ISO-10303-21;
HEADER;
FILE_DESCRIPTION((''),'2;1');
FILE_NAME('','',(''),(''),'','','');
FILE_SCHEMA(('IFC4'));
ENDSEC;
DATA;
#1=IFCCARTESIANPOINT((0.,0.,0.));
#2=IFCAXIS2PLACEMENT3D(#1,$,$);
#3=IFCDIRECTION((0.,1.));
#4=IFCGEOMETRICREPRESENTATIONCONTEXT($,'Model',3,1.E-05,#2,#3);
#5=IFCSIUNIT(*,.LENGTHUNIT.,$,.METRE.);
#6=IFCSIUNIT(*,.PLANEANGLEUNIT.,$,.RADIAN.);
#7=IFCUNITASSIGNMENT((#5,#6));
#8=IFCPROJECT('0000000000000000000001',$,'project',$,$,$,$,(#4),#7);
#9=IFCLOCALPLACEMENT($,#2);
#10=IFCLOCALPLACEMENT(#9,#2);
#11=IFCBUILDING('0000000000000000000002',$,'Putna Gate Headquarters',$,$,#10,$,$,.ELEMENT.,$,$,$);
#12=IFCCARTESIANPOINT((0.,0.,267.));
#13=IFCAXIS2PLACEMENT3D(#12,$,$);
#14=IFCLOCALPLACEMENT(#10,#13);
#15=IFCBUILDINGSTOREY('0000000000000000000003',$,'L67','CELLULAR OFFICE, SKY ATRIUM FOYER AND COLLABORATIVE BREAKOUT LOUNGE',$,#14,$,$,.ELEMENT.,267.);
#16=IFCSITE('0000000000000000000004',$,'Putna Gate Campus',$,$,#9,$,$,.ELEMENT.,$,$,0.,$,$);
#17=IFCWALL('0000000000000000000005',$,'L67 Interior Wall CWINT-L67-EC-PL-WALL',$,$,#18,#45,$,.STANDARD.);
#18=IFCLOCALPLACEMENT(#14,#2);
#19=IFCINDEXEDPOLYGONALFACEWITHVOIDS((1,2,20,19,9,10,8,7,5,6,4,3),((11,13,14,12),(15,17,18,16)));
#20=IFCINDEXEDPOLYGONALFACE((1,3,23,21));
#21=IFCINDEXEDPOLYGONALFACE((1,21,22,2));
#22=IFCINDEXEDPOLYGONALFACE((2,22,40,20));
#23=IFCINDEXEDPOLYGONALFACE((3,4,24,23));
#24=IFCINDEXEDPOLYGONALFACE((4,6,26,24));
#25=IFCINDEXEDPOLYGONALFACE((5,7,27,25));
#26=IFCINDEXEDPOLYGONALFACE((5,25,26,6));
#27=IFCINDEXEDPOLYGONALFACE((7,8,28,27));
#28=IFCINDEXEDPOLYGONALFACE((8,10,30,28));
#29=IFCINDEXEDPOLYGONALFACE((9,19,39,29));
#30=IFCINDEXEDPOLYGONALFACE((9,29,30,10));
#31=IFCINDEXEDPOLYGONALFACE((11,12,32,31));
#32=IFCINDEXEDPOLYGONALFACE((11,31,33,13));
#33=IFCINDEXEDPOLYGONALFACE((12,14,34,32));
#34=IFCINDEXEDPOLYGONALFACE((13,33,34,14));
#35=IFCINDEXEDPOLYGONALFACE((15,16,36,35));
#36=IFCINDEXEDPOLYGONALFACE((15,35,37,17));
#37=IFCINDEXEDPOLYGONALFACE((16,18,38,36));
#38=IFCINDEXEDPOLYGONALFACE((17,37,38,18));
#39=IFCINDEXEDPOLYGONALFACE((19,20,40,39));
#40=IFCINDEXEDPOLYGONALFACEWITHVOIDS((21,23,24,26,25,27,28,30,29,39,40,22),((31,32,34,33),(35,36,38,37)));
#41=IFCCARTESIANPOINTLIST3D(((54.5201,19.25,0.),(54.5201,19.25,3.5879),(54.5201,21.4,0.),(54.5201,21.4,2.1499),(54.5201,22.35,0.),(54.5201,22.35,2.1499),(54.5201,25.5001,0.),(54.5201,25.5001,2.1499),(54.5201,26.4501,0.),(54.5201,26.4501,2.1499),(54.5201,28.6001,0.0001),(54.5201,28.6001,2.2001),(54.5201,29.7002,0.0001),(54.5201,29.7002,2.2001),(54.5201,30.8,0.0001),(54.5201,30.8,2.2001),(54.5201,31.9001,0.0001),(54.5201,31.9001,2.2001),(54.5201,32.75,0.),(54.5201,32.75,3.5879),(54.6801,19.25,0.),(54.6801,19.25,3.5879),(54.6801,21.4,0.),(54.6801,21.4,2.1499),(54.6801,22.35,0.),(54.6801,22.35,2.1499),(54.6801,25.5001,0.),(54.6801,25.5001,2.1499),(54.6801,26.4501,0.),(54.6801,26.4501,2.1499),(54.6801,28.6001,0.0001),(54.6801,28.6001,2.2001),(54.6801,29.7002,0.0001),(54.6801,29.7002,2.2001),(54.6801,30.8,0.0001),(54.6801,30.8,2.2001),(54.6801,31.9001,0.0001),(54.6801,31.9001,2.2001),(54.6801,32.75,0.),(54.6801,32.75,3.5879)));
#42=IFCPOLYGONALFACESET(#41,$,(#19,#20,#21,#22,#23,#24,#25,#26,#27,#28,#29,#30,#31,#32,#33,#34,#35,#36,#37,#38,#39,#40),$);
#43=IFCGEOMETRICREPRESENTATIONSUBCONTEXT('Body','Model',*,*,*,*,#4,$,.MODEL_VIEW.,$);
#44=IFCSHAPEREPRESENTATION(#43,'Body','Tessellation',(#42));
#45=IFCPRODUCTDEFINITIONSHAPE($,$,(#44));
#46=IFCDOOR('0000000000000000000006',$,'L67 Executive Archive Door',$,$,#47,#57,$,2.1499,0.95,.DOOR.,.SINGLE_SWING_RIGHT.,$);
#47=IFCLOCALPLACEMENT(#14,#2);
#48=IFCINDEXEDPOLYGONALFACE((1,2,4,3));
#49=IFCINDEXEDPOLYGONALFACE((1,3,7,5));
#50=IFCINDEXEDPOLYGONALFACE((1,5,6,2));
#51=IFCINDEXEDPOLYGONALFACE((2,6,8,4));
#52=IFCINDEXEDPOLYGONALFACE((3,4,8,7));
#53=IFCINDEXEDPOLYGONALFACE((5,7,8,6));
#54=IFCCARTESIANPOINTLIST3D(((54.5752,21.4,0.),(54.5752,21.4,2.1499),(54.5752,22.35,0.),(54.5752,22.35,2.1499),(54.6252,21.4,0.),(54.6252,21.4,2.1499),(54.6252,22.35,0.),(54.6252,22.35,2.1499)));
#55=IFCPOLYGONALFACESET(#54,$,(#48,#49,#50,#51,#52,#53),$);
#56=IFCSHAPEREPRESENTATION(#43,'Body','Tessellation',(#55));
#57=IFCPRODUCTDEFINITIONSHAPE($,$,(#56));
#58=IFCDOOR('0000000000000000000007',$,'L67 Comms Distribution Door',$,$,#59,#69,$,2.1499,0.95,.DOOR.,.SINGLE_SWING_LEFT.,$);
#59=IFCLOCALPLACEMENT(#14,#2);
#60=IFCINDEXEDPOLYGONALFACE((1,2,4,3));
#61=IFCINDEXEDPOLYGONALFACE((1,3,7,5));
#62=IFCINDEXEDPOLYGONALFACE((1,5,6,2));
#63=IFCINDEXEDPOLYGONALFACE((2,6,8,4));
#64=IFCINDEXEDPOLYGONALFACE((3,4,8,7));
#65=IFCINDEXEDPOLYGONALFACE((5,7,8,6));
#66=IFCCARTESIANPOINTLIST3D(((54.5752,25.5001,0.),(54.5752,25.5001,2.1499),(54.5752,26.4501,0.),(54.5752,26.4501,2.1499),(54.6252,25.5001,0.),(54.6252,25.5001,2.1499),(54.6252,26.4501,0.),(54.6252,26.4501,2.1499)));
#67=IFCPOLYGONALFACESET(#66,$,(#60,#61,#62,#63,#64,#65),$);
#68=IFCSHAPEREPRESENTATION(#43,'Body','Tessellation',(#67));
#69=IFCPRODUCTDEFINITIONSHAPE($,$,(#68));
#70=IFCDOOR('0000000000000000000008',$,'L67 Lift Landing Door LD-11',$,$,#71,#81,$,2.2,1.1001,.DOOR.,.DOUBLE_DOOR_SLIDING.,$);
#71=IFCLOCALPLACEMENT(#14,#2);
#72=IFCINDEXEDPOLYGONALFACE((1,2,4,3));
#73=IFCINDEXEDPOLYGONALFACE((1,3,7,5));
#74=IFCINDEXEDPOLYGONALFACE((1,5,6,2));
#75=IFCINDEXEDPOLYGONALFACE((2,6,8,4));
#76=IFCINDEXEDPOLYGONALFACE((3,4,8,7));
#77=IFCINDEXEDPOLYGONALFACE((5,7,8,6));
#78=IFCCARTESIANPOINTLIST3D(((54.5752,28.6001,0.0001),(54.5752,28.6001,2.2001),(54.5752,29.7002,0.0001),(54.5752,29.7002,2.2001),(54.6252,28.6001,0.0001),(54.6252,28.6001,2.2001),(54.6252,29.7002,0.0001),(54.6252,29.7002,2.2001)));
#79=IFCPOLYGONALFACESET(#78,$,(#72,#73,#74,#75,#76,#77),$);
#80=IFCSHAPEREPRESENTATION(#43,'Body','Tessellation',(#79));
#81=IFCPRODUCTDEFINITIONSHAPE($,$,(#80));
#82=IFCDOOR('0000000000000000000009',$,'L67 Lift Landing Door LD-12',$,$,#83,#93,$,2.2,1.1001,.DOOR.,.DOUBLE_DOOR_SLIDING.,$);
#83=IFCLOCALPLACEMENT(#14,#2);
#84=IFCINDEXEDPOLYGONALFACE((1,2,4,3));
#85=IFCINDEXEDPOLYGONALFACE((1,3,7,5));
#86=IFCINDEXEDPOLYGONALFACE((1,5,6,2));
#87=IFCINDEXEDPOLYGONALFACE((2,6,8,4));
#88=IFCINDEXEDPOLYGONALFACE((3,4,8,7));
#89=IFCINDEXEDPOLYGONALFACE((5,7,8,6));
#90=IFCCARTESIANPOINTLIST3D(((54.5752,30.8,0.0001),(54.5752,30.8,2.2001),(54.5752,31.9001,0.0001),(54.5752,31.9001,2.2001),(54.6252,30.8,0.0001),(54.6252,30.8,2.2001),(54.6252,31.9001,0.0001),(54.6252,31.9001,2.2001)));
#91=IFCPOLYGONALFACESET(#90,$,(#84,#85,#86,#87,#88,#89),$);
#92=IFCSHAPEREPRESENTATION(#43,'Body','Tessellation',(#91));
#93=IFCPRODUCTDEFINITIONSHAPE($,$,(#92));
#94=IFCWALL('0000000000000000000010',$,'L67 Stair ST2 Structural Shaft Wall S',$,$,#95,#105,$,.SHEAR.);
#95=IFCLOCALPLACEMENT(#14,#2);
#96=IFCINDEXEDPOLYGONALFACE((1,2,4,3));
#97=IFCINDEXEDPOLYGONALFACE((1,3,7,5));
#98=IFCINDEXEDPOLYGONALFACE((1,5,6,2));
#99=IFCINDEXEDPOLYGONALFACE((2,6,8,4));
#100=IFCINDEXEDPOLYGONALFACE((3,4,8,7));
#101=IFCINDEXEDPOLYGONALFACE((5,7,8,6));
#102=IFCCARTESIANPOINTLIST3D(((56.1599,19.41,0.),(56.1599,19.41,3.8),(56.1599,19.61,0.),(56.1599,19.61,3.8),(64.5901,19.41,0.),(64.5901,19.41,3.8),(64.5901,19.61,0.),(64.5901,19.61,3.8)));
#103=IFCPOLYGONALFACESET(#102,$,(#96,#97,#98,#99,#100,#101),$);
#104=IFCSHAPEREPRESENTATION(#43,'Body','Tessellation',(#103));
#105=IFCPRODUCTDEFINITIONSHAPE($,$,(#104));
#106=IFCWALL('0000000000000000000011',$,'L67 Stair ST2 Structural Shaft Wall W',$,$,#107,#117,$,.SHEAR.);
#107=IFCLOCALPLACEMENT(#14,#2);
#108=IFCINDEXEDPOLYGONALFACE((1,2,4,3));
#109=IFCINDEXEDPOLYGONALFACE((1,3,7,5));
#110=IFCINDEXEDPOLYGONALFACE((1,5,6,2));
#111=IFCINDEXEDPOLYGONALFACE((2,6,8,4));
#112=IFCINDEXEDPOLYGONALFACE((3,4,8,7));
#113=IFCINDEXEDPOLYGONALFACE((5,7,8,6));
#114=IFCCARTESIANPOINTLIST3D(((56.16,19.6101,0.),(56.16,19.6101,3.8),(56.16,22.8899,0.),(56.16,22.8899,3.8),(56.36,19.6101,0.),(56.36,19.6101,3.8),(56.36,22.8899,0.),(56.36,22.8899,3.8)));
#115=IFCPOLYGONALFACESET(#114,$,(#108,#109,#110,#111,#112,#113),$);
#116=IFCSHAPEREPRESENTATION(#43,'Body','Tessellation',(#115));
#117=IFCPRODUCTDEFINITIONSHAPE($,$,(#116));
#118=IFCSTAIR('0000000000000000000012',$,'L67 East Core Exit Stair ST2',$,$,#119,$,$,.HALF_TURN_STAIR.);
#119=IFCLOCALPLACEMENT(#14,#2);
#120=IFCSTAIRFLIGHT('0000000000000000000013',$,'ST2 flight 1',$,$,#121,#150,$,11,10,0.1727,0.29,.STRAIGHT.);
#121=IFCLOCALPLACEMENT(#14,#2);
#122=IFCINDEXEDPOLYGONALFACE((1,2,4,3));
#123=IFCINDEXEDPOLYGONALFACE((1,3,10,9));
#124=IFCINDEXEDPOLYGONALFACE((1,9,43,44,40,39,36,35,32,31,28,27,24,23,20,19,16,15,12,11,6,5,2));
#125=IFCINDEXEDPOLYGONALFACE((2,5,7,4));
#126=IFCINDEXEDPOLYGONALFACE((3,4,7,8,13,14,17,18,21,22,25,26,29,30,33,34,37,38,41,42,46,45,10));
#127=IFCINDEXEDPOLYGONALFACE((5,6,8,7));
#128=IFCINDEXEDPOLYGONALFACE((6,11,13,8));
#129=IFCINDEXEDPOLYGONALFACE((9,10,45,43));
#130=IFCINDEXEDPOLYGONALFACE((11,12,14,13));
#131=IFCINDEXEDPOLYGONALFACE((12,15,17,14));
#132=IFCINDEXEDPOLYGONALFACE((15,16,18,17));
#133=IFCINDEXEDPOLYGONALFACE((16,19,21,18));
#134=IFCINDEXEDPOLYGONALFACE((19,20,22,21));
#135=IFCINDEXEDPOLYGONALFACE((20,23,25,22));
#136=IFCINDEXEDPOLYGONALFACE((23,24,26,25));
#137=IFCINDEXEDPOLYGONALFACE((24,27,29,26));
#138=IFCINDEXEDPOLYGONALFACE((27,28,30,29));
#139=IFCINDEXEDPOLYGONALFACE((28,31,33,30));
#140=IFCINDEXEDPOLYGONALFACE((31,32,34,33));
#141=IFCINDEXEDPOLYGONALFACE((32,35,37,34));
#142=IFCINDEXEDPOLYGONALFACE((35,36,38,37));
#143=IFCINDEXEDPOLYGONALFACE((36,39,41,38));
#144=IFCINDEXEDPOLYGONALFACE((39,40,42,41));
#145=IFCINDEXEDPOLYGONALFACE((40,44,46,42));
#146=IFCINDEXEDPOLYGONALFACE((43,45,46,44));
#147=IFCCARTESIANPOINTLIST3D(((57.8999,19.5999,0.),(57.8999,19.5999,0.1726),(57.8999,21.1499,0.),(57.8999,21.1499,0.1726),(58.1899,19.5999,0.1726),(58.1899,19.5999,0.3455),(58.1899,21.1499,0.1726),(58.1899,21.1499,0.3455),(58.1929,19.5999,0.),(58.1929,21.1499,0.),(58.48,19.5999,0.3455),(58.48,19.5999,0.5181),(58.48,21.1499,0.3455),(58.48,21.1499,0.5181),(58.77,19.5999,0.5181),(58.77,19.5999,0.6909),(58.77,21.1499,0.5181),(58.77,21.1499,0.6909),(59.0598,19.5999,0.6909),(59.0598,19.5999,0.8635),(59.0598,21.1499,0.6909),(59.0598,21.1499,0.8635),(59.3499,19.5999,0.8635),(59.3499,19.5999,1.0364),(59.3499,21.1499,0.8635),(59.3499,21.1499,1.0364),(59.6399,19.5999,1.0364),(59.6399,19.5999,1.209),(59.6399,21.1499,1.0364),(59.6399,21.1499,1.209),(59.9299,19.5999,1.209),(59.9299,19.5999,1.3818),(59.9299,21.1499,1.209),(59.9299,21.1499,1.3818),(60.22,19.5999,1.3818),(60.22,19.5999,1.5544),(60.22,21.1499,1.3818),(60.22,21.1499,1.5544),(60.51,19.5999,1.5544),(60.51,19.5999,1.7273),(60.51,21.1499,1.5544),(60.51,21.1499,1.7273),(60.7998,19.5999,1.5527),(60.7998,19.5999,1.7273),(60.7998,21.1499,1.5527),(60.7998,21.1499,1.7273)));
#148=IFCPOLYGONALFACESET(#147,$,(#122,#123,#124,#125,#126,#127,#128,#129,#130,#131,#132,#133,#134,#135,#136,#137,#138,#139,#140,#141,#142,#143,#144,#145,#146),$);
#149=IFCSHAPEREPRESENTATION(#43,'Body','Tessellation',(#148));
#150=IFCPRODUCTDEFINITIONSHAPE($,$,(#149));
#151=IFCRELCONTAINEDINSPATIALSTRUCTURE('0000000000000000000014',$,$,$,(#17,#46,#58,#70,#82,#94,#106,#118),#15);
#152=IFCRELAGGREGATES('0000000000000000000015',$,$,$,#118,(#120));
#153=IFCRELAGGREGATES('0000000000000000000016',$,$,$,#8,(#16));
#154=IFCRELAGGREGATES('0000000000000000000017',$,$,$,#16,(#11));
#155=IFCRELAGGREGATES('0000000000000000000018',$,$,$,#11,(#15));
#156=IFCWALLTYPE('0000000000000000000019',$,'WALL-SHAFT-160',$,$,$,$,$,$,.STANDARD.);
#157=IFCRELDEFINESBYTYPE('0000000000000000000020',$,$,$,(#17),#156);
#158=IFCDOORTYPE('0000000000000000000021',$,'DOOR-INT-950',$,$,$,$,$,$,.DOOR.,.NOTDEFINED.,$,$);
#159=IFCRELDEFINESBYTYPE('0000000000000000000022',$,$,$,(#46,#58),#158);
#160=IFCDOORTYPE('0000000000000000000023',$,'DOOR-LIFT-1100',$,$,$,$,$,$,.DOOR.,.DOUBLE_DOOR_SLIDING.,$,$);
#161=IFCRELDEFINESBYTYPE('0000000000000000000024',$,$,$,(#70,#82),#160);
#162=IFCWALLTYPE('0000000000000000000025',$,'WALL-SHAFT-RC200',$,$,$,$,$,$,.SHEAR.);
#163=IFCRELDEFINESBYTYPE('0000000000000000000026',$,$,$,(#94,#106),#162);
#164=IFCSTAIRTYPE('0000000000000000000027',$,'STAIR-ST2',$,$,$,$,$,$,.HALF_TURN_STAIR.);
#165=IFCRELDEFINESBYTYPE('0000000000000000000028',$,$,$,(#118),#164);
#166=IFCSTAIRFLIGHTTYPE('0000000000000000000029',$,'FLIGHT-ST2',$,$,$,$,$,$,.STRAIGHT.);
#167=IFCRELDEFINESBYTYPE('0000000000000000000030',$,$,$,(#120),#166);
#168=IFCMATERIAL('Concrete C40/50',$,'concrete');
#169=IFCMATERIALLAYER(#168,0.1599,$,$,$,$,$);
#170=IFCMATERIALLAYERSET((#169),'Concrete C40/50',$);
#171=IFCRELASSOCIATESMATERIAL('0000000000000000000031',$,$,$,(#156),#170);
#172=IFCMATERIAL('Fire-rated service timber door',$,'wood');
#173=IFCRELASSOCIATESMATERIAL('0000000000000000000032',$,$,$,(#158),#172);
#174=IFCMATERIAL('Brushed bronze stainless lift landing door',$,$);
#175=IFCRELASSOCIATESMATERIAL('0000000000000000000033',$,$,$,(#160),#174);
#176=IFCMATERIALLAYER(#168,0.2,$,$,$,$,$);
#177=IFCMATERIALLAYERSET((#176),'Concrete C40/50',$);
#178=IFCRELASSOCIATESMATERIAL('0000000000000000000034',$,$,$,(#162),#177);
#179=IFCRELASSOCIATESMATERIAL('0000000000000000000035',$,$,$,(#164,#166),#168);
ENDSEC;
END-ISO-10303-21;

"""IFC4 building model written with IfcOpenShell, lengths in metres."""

from ifc_helpers import new_model, si_unit, direction, frame, frame_2d, origin, place, context, subcontext, project, spatial, polyline, rectangle, outline, extrude, material, layer, layer_set, type_object, element, fill, aggregate, save


model = new_model("IFC4")

# Units and contexts
model_context = context("Model", 3, precision=1e-05, world=origin(), true_north=direction((0.0, 1.0)))
body_context = subcontext(model_context, "Body", "Model", "MODEL_VIEW")
ifc_project = project(units=[si_unit("LENGTHUNIT", "METRE"), si_unit("PLANEANGLEUNIT", "RADIAN")], contexts=[model_context])

# Site, building, storey
site_placement = place(None, origin())
site = spatial("IfcSite", under=ifc_project, at=site_placement, Name="Putna Gate Campus", CompositionType="ELEMENT", RefElevation=0.0)
building_placement = place(site_placement, origin())
building = spatial("IfcBuilding", under=site, at=building_placement, Name="Putna Gate Headquarters", CompositionType="ELEMENT")
storey_placement = place(building_placement, frame((0.0, 0.0, 267.0)))
storey = spatial("IfcBuildingStorey", under=building, at=storey_placement, Name="L67", Description="CELLULAR OFFICE, SKY ATRIUM FOYER AND COLLABORATIVE BREAKOUT LOUNGE", CompositionType="ELEMENT", Elevation=267.0)

# Wall, openings, doors
ifc_material_1 = material(Name="Concrete C40/50", Category="concrete")
ifc_layer_1 = layer(ifc_material_1, 0.1599)
ifc_layer_set_1 = layer_set([ifc_layer_1], Name="Concrete C40/50")
wall_type_1 = type_object("IfcWallType", Name="WALL-SHAFT-160", PredefinedType="STANDARD", material=ifc_layer_set_1)
wall_1_placement = place(storey_placement, frame((54.6001, 19.25, 0.0), z_axis=(0.0, 0.0, 1.0), x_axis=(0.0, 1.0, 0.0)))
wall_1 = element("IfcWall", 1, at=wall_1_placement, inside=storey, type_object=wall_type_1, Name="L67 Interior Wall CWINT-L67-EC-PL-WALL", PredefinedType="STANDARD", context=body_context, shape_type="SweptSolid", body=[
    extrude(rectangle(XDim=13.5, YDim=0.1599, at=frame_2d((6.75, 0.0))), origin(), (0.0, 0.0, 1.0), 3.5879),
])
opening_1_placement = place(wall_1_placement, frame((2.1499, 0.0, 0.0)))
opening_1 = element("IfcOpeningElement", 2, at=opening_1_placement, cuts=wall_1, PredefinedType="OPENING", context=body_context, shape_type="SweptSolid", body=[
    extrude(rectangle(XDim=0.95, YDim=2.1499, at=frame_2d((0.4751, 1.075))), frame((0.0, 0.0898, 0.0), z_axis=(0.0, -1.0, 0.0), x_axis=(1.0, 0.0, 0.0)), (0.0, 0.0, 1.0), 0.1799),
])
opening_2_placement = place(wall_1_placement, frame((6.25, 0.0, 0.0)))
opening_2 = element("IfcOpeningElement", 3, at=opening_2_placement, cuts=wall_1, PredefinedType="OPENING", context=body_context, shape_type="SweptSolid", body=[
    extrude(rectangle(XDim=0.95, YDim=2.1499, at=frame_2d((0.4751, 1.075))), frame((0.0, 0.0898, 0.0), z_axis=(0.0, -1.0, 0.0), x_axis=(1.0, 0.0, 0.0)), (0.0, 0.0, 1.0), 0.1799),
])
opening_3_placement = place(wall_1_placement, frame((9.3501, 0.0, 0.0)))
opening_3 = element("IfcOpeningElement", 4, at=opening_3_placement, cuts=wall_1, PredefinedType="OPENING", context=body_context, shape_type="SweptSolid", body=[
    extrude(rectangle(XDim=1.1001, YDim=2.2, at=frame_2d((0.55, 1.1001))), frame((0.0, 0.0898, 0.0), z_axis=(0.0, -1.0, 0.0), x_axis=(1.0, 0.0, 0.0)), (0.0, 0.0, 1.0), 0.1799),
])
opening_4_placement = place(wall_1_placement, frame((11.55, 0.0, 0.0)))
opening_4 = element("IfcOpeningElement", 5, at=opening_4_placement, cuts=wall_1, PredefinedType="OPENING", context=body_context, shape_type="SweptSolid", body=[
    extrude(rectangle(XDim=1.1001, YDim=2.2, at=frame_2d((0.55, 1.1001))), frame((0.0, 0.0898, 0.0), z_axis=(0.0, -1.0, 0.0), x_axis=(1.0, 0.0, 0.0)), (0.0, 0.0, 1.0), 0.1799),
])
ifc_material_2 = material(Name="Fire-rated service timber door", Category="wood")
door_type_1 = type_object("IfcDoorType", Name="DOOR-INT-950", OperationType="NOTDEFINED", PredefinedType="DOOR", material=ifc_material_2)
door_1_placement = place(opening_1_placement, origin())
door_1 = element("IfcDoor", 6, at=door_1_placement, inside=storey, type_object=door_type_1, Name="L67 Executive Archive Door", OperationType="SINGLE_SWING_RIGHT", OverallHeight=2.1499, OverallWidth=0.95, PredefinedType="DOOR", context=body_context, shape_type="SweptSolid", body=[
    extrude(rectangle(XDim=0.95, YDim=2.1499, at=frame_2d((0.4751, 1.075))), frame((0.0, 0.0249, 0.0), z_axis=(0.0, -1.0, 0.0), x_axis=(1.0, 0.0, 0.0)), (0.0, 0.0, 1.0), 0.05),
])
fill(opening_1, door_1)
door_2_placement = place(opening_2_placement, origin())
door_2 = element("IfcDoor", 7, at=door_2_placement, inside=storey, type_object=door_type_1, Name="L67 Comms Distribution Door", OperationType="SINGLE_SWING_LEFT", OverallHeight=2.1499, OverallWidth=0.95, PredefinedType="DOOR", context=body_context, shape_type="SweptSolid", body=[
    extrude(rectangle(XDim=0.95, YDim=2.1499, at=frame_2d((0.4751, 1.075))), frame((0.0, 0.0249, 0.0), z_axis=(0.0, -1.0, 0.0), x_axis=(1.0, 0.0, 0.0)), (0.0, 0.0, 1.0), 0.05),
])
fill(opening_2, door_2)
ifc_material_3 = material(Name="Brushed bronze stainless lift landing door")
door_type_2 = type_object("IfcDoorType", Name="DOOR-LIFT-1100", OperationType="DOUBLE_DOOR_SLIDING", PredefinedType="DOOR", material=ifc_material_3)
door_3_placement = place(opening_3_placement, origin())
door_3 = element("IfcDoor", 8, at=door_3_placement, inside=storey, type_object=door_type_2, Name="L67 Lift Landing Door LD-11", OperationType="DOUBLE_DOOR_SLIDING", OverallHeight=2.2, OverallWidth=1.1001, PredefinedType="DOOR", context=body_context, shape_type="SweptSolid", body=[
    extrude(rectangle(XDim=1.1001, YDim=2.2, at=frame_2d((0.55, 1.1001))), frame((0.0, 0.0249, 0.0), z_axis=(0.0, -1.0, 0.0), x_axis=(1.0, 0.0, 0.0)), (0.0, 0.0, 1.0), 0.05),
])
fill(opening_3, door_3)
door_4_placement = place(opening_4_placement, origin())
door_4 = element("IfcDoor", 9, at=door_4_placement, inside=storey, type_object=door_type_2, Name="L67 Lift Landing Door LD-12", OperationType="DOUBLE_DOOR_SLIDING", OverallHeight=2.2, OverallWidth=1.1001, PredefinedType="DOOR", context=body_context, shape_type="SweptSolid", body=[
    extrude(rectangle(XDim=1.1001, YDim=2.2, at=frame_2d((0.55, 1.1001))), frame((0.0, 0.0249, 0.0), z_axis=(0.0, -1.0, 0.0), x_axis=(1.0, 0.0, 0.0)), (0.0, 0.0, 1.0), 0.05),
])
fill(opening_4, door_4)

# Walls
ifc_layer_2 = layer(ifc_material_1, 0.2)
ifc_layer_set_2 = layer_set([ifc_layer_2], Name="Concrete C40/50")
wall_type_2 = type_object("IfcWallType", Name="WALL-SHAFT-RC200", PredefinedType="SHEAR", material=ifc_layer_set_2)
wall_2_placement = place(storey_placement, frame((56.1599, 19.51, 0.0), z_axis=(0.0, 0.0, 1.0), x_axis=(1.0, 0.0, 0.0)))
element("IfcWall", 10, at=wall_2_placement, inside=storey, type_object=wall_type_2, Name="L67 Stair ST2 Structural Shaft Wall S", PredefinedType="SHEAR", context=body_context, shape_type="SweptSolid", body=[
    extrude(rectangle(XDim=8.4302, YDim=0.2, at=frame_2d((4.2151, 0.0))), origin(), (0.0, 0.0, 1.0), 3.8),
])
wall_3_placement = place(storey_placement, frame((56.26, 19.6101, 0.0), z_axis=(0.0, 0.0, 1.0), x_axis=(0.0, 1.0, 0.0)))
element("IfcWall", 11, at=wall_3_placement, inside=storey, type_object=wall_type_2, Name="L67 Stair ST2 Structural Shaft Wall W", PredefinedType="SHEAR", context=body_context, shape_type="SweptSolid", body=[
    extrude(rectangle(XDim=3.2798, YDim=0.2, at=frame_2d((1.6399, 0.0))), origin(), (0.0, 0.0, 1.0), 3.8),
])

# Stair, stair flight
stair_type = type_object("IfcStairType", Name="STAIR-ST2", PredefinedType="HALF_TURN_STAIR", material=ifc_material_1)
stair_placement = place(storey_placement, origin())
stair = element("IfcStair", 12, at=stair_placement, inside=storey, type_object=stair_type, Name="L67 East Core Exit Stair ST2", PredefinedType="HALF_TURN_STAIR")
stair_flight_type = type_object("IfcStairFlightType", Name="FLIGHT-ST2", PredefinedType="STRAIGHT", material=ifc_material_1)
stair_flight_placement = place(storey_placement, frame((57.8999, 20.375, 0.0), z_axis=(0.0, 0.0, 1.0), x_axis=(1.0, 0.0, 0.0)))
stair_flight = element("IfcStairFlight", 13, at=stair_flight_placement, type_object=stair_flight_type, Name="ST2 flight 1", NumberOfRisers=11, NumberOfTreads=10, PredefinedType="STRAIGHT", RiserHeight=0.1727, TreadLength=0.29, context=body_context, shape_type="SweptSolid", body=[
    extrude(outline(polyline([(0.0, 0.0), (0.0, 0.1726), (0.29, 0.1726), (0.29, 0.3455), (0.5801, 0.3455), (0.5801, 0.5181), (0.8701, 0.5181), (0.8701, 0.6909), (1.1599, 0.6909), (1.1599, 0.8635), (1.45, 0.8635), (1.45, 1.0364), (1.74, 1.0364), (1.74, 1.209), (2.03, 1.209), (2.03, 1.3818), (2.3201, 1.3818), (2.3201, 1.5544), (2.6101, 1.5544), (2.6101, 1.7273), (2.8999, 1.7273), (2.8999, 1.8999), (2.8999, 1.5527), (0.293, 0.0), (0.0, 0.0)])), frame((0.0, 0.7749, 0.0), z_axis=(0.0, -1.0, 0.0), x_axis=(1.0, 0.0, 0.0)), (0.0, 0.0, 1.0), 1.55),
])
aggregate(stair, [stair_flight])

save(model, "model.ifc")
